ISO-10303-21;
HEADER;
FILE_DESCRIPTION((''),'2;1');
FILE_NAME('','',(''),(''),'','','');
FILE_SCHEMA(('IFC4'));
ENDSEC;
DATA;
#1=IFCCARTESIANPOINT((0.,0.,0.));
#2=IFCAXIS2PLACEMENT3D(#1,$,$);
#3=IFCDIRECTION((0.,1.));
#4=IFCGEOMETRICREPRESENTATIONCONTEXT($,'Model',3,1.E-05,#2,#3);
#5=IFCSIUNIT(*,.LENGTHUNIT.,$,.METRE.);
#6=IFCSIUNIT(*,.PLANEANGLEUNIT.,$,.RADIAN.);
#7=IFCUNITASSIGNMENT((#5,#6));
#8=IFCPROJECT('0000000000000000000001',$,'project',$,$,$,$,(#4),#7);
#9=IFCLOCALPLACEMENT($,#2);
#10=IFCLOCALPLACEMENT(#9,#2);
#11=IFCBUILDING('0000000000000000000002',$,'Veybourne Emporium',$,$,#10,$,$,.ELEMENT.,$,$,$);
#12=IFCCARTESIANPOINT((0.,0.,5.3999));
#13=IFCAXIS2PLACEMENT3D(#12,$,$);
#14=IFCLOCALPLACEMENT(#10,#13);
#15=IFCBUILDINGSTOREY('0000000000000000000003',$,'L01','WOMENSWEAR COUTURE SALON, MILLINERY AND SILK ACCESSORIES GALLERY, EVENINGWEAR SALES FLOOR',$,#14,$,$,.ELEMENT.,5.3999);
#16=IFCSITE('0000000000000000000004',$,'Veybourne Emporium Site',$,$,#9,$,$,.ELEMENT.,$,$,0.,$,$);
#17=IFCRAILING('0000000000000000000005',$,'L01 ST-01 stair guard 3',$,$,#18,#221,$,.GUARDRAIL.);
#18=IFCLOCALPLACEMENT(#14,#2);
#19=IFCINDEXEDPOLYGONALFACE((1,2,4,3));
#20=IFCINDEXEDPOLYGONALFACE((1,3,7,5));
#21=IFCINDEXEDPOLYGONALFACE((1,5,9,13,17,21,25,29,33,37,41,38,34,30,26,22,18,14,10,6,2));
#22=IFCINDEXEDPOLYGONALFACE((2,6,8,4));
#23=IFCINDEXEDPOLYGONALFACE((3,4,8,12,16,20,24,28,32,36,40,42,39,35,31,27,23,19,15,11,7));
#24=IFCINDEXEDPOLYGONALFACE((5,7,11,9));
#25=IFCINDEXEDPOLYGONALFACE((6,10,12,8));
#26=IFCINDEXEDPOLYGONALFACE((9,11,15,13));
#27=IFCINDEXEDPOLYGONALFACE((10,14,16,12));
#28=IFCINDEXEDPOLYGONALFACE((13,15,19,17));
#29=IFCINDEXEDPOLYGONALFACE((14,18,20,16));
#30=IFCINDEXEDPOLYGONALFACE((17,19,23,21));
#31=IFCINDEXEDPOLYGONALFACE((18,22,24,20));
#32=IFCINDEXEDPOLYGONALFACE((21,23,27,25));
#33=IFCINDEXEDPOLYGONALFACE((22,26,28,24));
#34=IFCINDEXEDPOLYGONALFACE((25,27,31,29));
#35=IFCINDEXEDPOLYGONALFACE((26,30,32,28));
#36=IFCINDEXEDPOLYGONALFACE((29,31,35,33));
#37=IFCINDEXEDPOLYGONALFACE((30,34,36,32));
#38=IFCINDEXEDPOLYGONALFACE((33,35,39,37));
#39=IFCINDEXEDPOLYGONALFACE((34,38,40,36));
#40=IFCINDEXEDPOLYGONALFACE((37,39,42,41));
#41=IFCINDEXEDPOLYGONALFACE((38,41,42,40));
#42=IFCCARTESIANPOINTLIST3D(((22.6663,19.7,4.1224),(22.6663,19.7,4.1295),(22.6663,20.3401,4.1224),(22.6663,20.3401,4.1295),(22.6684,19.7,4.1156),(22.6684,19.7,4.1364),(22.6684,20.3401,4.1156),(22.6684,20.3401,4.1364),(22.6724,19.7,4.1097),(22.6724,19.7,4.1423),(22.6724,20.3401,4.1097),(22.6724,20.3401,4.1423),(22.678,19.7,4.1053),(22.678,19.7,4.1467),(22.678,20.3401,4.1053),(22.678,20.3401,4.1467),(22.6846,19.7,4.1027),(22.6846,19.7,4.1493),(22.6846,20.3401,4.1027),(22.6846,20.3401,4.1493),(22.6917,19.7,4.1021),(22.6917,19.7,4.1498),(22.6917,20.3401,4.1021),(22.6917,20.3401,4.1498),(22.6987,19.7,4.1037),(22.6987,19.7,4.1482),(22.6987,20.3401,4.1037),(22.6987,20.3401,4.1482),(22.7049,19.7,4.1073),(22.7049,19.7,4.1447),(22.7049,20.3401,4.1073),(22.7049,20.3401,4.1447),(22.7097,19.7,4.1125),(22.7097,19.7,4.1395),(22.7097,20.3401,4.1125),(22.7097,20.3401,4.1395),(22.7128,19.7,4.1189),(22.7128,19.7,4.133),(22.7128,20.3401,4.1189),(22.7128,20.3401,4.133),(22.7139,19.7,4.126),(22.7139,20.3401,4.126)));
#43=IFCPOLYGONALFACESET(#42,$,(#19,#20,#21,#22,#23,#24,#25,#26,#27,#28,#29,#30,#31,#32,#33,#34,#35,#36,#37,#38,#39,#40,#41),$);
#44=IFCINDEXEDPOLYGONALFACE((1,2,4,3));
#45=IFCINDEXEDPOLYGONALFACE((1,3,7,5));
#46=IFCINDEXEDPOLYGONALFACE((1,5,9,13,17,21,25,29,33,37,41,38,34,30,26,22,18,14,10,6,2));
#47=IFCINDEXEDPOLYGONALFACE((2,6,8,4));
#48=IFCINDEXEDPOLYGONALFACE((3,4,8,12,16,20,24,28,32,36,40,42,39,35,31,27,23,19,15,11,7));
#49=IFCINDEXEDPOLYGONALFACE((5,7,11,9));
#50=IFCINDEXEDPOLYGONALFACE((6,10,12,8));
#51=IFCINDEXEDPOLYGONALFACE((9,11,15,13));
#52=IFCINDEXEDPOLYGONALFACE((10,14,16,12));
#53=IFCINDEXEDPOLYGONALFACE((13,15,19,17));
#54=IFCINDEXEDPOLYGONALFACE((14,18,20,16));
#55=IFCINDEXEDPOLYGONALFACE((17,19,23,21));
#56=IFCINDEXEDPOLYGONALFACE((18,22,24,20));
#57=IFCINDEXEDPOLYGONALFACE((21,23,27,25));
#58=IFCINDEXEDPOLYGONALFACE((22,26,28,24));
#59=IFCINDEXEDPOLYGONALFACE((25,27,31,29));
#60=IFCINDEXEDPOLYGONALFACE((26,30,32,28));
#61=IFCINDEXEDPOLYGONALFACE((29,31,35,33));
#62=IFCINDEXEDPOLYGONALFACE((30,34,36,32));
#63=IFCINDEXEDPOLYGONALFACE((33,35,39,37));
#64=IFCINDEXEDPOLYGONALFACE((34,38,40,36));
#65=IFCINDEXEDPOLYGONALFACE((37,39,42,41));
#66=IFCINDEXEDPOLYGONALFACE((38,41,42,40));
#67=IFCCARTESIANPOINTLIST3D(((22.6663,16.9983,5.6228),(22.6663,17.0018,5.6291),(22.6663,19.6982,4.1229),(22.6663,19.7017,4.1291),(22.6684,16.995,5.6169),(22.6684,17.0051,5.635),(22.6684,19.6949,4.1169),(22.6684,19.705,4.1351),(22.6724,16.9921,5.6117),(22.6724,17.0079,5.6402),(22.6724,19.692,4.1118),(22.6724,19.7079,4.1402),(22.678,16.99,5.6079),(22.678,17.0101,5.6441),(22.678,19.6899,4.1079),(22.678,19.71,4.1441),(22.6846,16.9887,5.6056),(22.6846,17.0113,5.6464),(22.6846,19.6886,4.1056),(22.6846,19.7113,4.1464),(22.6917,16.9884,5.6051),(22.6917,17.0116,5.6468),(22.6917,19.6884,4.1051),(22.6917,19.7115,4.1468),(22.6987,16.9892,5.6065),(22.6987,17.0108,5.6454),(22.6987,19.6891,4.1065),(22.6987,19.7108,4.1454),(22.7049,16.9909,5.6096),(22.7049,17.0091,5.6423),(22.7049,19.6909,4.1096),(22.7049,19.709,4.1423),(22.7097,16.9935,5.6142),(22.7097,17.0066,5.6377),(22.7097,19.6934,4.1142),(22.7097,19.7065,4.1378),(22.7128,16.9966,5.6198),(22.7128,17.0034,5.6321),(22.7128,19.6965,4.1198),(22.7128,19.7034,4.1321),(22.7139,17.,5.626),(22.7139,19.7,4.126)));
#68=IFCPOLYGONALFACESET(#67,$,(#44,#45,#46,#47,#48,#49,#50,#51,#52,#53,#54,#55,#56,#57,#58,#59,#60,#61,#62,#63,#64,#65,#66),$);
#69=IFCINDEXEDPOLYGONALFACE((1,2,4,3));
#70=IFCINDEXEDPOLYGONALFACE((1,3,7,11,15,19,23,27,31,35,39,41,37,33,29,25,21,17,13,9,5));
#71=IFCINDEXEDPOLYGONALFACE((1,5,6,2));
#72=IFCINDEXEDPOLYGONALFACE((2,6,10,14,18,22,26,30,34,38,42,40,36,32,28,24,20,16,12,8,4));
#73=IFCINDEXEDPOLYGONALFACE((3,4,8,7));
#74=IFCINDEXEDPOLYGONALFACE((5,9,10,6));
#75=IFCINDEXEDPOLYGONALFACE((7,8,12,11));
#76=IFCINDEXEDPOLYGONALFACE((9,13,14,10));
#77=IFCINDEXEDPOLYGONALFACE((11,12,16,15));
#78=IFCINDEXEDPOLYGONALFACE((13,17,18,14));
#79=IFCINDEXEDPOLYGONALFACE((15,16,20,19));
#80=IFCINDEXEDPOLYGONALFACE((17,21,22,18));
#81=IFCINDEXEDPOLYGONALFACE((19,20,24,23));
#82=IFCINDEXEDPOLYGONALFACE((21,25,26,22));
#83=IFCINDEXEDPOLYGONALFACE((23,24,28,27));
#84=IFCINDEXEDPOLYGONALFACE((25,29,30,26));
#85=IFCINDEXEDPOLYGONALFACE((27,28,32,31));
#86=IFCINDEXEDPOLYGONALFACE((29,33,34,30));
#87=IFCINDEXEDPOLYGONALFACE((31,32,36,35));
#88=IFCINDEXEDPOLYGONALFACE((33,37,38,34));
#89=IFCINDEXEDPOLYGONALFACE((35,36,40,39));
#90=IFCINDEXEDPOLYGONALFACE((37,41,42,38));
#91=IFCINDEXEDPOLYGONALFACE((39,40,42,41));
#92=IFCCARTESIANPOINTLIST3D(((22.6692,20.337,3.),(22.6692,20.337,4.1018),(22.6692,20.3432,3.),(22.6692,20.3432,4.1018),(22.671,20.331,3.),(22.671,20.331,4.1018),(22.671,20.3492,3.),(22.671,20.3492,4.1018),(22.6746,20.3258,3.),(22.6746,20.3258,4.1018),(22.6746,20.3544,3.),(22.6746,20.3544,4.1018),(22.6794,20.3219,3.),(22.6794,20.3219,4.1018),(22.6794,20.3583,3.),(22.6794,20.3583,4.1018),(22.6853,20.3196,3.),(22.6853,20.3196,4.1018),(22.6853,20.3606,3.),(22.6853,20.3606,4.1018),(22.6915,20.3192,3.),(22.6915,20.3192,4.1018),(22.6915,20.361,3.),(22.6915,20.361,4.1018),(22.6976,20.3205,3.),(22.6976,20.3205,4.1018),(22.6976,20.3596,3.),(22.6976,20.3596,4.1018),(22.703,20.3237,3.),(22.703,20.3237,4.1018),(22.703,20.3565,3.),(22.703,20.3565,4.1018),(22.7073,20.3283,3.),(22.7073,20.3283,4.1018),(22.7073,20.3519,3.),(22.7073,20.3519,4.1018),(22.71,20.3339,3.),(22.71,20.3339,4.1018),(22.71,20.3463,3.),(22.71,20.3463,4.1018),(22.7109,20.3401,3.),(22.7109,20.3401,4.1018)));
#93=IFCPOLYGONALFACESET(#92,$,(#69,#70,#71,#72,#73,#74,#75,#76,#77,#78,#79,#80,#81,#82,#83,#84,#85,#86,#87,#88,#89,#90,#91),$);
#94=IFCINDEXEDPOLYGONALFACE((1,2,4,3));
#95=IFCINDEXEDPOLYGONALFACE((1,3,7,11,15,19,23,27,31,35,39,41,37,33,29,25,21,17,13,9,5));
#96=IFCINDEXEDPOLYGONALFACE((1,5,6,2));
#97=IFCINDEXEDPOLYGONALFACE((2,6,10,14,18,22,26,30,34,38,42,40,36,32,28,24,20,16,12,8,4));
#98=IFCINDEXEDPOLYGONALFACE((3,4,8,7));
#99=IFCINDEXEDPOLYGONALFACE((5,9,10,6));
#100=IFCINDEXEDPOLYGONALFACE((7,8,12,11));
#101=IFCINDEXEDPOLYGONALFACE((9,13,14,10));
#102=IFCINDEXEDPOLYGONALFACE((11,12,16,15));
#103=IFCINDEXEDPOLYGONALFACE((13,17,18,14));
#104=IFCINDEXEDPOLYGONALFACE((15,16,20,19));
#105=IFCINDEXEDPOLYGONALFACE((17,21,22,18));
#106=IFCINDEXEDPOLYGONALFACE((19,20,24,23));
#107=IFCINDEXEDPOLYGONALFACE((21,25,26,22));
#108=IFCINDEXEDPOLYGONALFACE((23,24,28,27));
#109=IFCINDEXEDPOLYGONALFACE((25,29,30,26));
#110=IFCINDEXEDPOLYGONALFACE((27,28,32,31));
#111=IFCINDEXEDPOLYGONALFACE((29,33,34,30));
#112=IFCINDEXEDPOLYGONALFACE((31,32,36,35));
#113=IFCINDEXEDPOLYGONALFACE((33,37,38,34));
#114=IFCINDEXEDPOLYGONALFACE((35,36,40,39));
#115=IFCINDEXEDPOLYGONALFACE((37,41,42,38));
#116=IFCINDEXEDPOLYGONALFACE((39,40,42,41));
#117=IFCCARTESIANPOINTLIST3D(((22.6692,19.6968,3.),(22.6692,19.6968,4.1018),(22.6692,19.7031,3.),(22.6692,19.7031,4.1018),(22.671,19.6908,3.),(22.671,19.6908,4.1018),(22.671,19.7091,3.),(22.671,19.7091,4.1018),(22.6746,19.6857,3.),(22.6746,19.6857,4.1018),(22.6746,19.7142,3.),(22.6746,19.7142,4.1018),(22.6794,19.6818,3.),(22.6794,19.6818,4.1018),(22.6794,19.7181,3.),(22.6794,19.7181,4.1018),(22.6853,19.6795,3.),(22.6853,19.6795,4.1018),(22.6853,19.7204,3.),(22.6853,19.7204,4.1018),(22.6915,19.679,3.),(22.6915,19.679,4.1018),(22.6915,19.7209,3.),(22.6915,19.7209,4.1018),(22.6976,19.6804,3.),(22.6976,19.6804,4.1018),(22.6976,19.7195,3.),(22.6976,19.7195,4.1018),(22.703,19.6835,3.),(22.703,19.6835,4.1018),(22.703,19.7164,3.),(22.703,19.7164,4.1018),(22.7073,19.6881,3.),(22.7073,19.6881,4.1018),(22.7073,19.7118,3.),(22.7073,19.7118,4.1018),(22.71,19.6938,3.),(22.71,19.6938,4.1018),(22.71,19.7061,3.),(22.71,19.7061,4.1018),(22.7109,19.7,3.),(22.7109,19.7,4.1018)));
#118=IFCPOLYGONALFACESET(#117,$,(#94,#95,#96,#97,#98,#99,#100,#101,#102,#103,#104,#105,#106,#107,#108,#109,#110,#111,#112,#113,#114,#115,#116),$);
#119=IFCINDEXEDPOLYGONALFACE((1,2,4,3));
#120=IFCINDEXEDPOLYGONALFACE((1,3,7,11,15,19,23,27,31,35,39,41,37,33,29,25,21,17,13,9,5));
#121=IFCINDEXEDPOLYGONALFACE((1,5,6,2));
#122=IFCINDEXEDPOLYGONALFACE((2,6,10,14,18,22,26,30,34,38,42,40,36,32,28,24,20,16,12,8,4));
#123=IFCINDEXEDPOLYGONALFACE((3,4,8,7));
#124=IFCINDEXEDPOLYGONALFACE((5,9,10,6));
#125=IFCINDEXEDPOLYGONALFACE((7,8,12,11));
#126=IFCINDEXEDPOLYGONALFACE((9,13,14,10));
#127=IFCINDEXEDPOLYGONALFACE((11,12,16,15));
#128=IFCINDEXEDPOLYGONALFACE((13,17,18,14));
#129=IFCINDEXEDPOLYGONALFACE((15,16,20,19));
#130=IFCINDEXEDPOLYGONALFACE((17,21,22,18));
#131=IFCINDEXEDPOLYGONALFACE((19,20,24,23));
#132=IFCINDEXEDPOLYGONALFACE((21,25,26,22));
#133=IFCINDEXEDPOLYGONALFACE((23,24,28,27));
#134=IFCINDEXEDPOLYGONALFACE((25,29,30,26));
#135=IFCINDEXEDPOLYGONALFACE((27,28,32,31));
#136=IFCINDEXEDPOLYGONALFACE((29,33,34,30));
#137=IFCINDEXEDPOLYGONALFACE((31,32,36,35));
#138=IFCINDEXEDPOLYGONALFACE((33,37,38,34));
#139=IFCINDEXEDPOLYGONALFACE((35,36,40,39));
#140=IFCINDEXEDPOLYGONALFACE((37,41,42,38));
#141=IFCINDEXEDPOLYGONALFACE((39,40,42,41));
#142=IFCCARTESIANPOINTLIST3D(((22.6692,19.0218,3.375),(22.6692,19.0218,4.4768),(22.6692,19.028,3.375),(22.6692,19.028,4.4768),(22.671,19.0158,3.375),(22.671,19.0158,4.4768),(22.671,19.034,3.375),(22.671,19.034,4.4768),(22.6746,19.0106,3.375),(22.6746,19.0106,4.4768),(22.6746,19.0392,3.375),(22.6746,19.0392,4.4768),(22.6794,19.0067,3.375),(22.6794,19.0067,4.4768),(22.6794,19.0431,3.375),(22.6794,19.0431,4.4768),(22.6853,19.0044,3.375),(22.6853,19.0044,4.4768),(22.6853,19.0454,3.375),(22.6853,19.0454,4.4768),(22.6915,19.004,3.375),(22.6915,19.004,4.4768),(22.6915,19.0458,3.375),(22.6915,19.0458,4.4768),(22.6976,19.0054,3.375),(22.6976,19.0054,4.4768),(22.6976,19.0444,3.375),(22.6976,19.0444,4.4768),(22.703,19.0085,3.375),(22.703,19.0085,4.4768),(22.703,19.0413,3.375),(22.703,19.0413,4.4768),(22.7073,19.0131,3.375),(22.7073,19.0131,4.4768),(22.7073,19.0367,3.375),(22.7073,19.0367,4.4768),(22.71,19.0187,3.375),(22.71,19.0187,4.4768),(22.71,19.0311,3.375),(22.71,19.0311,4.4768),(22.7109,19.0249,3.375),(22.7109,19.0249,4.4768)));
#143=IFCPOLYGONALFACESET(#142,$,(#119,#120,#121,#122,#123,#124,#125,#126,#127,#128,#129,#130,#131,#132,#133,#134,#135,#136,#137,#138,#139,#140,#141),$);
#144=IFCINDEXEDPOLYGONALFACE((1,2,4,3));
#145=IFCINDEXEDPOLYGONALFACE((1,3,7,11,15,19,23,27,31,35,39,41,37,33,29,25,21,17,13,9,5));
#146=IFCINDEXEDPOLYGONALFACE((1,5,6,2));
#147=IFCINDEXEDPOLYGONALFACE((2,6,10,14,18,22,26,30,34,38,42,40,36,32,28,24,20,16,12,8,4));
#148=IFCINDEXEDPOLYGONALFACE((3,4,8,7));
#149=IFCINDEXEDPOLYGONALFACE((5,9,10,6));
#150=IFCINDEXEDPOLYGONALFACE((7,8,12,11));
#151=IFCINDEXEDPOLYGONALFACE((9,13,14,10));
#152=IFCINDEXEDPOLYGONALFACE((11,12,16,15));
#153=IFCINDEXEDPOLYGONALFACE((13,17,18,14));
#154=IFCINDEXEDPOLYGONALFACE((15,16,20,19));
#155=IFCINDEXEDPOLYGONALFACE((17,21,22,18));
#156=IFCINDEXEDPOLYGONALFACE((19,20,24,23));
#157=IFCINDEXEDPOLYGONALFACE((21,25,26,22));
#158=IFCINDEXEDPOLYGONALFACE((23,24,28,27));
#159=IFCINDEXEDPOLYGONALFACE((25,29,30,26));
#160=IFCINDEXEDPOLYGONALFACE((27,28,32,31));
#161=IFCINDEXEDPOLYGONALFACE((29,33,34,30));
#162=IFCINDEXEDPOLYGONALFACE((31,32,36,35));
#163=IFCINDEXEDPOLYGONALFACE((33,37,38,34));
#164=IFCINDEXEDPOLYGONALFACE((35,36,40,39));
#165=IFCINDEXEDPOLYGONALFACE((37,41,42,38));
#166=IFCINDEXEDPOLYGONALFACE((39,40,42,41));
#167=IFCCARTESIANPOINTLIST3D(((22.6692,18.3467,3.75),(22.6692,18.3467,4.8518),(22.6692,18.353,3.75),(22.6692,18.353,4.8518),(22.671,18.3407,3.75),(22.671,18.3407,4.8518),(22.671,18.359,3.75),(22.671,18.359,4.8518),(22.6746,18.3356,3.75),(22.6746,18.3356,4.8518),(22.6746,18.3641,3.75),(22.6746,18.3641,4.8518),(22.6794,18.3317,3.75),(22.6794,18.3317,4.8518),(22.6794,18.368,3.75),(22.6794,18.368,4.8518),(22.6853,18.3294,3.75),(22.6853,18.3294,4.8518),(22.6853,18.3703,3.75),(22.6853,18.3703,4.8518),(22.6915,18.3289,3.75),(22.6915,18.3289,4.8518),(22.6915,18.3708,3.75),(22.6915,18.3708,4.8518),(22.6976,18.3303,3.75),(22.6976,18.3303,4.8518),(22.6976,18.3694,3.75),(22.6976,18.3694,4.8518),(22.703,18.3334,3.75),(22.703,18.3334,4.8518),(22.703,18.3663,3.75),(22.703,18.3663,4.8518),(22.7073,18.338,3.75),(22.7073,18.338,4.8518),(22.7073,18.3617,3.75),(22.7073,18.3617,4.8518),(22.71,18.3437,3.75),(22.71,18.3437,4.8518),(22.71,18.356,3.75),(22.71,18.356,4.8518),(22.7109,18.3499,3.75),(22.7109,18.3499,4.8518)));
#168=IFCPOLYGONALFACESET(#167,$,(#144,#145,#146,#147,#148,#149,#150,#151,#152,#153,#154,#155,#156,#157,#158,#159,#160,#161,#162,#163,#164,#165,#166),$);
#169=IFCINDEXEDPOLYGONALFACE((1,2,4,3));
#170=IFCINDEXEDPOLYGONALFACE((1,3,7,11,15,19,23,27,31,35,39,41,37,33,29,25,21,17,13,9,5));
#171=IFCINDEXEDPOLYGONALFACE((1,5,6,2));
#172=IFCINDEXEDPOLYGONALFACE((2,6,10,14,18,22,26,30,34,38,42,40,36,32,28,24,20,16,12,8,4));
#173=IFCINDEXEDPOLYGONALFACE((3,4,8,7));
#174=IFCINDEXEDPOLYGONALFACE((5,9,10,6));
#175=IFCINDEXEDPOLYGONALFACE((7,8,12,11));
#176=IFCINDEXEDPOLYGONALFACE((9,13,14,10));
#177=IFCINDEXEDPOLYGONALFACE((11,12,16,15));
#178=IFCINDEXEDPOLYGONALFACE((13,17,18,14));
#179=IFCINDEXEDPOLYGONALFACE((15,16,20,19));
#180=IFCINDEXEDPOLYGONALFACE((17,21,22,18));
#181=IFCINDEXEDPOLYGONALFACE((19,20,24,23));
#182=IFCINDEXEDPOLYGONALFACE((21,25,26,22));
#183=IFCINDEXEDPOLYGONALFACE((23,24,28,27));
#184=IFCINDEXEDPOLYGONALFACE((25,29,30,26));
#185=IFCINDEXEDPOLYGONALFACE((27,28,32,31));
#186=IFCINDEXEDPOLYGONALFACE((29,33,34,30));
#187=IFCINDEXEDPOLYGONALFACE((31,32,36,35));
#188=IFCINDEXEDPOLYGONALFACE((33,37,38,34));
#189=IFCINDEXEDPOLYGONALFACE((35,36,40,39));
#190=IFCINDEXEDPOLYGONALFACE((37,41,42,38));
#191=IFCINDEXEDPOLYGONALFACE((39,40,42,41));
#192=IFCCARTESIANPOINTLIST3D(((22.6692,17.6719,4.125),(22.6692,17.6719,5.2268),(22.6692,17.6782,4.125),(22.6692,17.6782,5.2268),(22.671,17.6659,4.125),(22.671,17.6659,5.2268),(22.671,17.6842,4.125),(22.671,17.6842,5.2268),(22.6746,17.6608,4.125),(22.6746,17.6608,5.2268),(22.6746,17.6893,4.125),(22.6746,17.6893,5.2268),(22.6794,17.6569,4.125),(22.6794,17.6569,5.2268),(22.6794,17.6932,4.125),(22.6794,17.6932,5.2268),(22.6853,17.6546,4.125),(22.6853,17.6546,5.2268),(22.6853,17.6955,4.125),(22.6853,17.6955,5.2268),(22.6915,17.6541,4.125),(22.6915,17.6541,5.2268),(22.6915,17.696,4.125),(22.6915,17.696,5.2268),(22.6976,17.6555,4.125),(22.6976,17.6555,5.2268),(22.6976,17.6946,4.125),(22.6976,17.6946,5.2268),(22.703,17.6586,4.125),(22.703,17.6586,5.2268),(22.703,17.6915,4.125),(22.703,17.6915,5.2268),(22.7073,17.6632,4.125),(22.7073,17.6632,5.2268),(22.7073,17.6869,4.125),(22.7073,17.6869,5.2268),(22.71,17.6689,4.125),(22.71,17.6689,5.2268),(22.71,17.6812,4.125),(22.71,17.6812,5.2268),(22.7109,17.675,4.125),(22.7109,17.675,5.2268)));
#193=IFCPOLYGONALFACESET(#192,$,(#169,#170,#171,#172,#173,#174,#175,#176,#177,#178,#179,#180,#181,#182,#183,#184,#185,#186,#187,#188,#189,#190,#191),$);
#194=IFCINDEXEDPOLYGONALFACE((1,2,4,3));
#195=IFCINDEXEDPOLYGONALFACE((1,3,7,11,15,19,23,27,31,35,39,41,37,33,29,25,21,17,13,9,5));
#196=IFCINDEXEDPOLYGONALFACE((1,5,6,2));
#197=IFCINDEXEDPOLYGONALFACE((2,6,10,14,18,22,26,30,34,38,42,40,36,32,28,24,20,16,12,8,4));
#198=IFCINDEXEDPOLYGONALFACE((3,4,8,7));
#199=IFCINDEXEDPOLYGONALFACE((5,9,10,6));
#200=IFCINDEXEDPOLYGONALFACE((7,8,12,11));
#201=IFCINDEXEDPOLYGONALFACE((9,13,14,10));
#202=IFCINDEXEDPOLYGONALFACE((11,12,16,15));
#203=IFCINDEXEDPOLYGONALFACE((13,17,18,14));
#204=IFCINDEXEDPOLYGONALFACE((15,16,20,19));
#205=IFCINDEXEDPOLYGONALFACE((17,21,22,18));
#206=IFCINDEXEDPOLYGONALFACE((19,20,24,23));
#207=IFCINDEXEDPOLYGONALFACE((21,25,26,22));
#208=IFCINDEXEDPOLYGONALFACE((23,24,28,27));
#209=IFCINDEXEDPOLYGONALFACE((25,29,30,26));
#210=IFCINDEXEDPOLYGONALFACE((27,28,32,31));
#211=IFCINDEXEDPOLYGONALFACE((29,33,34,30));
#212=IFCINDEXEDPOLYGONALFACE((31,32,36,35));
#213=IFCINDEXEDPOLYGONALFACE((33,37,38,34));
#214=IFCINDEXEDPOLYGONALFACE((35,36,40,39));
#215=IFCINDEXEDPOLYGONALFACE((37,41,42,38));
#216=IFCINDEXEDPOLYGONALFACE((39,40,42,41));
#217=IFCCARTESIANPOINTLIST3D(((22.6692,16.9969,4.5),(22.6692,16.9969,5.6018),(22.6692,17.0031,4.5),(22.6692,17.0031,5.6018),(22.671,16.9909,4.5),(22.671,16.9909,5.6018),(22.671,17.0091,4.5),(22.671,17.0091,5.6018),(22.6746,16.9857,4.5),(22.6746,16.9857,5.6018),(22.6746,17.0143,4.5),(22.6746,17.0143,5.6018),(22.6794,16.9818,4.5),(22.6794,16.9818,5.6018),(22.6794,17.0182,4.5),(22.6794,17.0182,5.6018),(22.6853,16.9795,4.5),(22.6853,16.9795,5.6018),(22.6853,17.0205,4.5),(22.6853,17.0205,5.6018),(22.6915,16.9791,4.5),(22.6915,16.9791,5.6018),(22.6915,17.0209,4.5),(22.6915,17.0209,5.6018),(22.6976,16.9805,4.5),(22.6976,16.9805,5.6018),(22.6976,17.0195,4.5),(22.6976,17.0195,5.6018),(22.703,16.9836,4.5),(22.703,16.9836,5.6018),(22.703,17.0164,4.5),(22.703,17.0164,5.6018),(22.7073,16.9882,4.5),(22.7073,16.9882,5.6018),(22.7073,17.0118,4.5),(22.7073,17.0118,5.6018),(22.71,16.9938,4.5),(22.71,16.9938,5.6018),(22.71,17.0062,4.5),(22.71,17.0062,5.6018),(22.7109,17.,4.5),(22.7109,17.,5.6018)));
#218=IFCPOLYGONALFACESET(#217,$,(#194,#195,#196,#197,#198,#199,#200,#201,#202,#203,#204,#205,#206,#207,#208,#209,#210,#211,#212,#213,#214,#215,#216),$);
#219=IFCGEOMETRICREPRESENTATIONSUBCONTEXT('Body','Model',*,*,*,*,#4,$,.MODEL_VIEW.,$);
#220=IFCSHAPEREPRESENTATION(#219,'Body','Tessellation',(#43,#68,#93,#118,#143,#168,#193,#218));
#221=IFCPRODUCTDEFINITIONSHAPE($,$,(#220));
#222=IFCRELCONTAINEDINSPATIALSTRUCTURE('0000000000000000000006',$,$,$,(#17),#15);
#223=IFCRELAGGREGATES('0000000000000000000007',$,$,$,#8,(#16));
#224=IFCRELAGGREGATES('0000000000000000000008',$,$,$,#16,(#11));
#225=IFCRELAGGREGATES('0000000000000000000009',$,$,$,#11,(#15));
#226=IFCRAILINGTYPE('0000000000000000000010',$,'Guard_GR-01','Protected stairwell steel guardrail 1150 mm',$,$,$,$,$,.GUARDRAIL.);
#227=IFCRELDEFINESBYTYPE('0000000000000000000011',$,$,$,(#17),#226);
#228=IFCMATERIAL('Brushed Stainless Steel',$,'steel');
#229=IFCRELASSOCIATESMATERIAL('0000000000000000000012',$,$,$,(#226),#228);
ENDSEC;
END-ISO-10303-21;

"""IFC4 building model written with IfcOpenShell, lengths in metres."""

from ifc_helpers import new_model, si_unit, direction, frame, origin, origin_2d, place, context, subcontext, project, spatial, circle, extrude, material, type_object, element, save


model = new_model("IFC4")

# Units and contexts
model_context = context("Model", 3, precision=1e-05, world=origin(), true_north=direction((0.0, 1.0)))
body_context = subcontext(model_context, "Body", "Model", "MODEL_VIEW")
ifc_project = project(units=[si_unit("LENGTHUNIT", "METRE"), si_unit("PLANEANGLEUNIT", "RADIAN")], contexts=[model_context])

# Site, building, storey
site_placement = place(None, origin())
site = spatial("IfcSite", under=ifc_project, at=site_placement, Name="Veybourne Emporium Site", CompositionType="ELEMENT", RefElevation=0.0)
building_placement = place(site_placement, origin())
building = spatial("IfcBuilding", under=site, at=building_placement, Name="Veybourne Emporium", CompositionType="ELEMENT")
storey_placement = place(building_placement, frame((0.0, 0.0, 5.3999)))
storey = spatial("IfcBuildingStorey", under=building, at=storey_placement, Name="L01", Description="WOMENSWEAR COUTURE SALON, MILLINERY AND SILK ACCESSORIES GALLERY, EVENINGWEAR SALES FLOOR", CompositionType="ELEMENT", Elevation=5.3999)

# Railing
ifc_material_1 = material(Name="Brushed Stainless Steel", Category="steel")
railing_type_1 = type_object("IfcRailingType", Name="Guard_GR-01", Description="Protected stairwell steel guardrail 1150 mm", PredefinedType="GUARDRAIL", material=ifc_material_1)
railing_1_placement = place(storey_placement, frame((22.6899, 20.3401, 3.0)))
element("IfcRailing", 1, at=railing_1_placement, inside=storey, type_object=railing_type_1, Name="L01 ST-01 stair guard 3", PredefinedType="GUARDRAIL", context=body_context, shape_type="SweptSolid", body=[
    extrude(circle(Radius=0.0239, at=origin_2d()), frame((0.0, 0.0, 1.126), z_axis=(0.0, -1.0, 0.0), x_axis=(1.0, 0.0, 0.0)), (0.0, 0.0, 1.0), 0.6401),
    extrude(circle(Radius=0.0239, at=origin_2d()), frame((0.0, -0.6401, 1.126), z_axis=(0.0, -0.874154, 0.48565), x_axis=(1.0, 0.0, 0.0)), (0.0, 0.0, 1.0), 3.0886),
    extrude(circle(Radius=0.021, at=origin_2d()), origin(), (0.0, 0.0, 1.0), 1.1018),
    extrude(circle(Radius=0.021, at=origin_2d()), frame((0.0, -0.6401, 0.0)), (0.0, 0.0, 1.0), 1.1018),
    extrude(circle(Radius=0.021, at=origin_2d()), frame((0.0, -1.3152, 0.375)), (0.0, 0.0, 1.0), 1.1018),
    extrude(circle(Radius=0.021, at=origin_2d()), frame((0.0, -1.9902, 0.75)), (0.0, 0.0, 1.0), 1.1018),
    extrude(circle(Radius=0.021, at=origin_2d()), frame((0.0, -2.665, 1.125)), (0.0, 0.0, 1.0), 1.1018),
    extrude(circle(Radius=0.021, at=origin_2d()), frame((0.0, -3.3401, 1.5)), (0.0, 0.0, 1.0), 1.1018),
])

save(model, "model.ifc")
